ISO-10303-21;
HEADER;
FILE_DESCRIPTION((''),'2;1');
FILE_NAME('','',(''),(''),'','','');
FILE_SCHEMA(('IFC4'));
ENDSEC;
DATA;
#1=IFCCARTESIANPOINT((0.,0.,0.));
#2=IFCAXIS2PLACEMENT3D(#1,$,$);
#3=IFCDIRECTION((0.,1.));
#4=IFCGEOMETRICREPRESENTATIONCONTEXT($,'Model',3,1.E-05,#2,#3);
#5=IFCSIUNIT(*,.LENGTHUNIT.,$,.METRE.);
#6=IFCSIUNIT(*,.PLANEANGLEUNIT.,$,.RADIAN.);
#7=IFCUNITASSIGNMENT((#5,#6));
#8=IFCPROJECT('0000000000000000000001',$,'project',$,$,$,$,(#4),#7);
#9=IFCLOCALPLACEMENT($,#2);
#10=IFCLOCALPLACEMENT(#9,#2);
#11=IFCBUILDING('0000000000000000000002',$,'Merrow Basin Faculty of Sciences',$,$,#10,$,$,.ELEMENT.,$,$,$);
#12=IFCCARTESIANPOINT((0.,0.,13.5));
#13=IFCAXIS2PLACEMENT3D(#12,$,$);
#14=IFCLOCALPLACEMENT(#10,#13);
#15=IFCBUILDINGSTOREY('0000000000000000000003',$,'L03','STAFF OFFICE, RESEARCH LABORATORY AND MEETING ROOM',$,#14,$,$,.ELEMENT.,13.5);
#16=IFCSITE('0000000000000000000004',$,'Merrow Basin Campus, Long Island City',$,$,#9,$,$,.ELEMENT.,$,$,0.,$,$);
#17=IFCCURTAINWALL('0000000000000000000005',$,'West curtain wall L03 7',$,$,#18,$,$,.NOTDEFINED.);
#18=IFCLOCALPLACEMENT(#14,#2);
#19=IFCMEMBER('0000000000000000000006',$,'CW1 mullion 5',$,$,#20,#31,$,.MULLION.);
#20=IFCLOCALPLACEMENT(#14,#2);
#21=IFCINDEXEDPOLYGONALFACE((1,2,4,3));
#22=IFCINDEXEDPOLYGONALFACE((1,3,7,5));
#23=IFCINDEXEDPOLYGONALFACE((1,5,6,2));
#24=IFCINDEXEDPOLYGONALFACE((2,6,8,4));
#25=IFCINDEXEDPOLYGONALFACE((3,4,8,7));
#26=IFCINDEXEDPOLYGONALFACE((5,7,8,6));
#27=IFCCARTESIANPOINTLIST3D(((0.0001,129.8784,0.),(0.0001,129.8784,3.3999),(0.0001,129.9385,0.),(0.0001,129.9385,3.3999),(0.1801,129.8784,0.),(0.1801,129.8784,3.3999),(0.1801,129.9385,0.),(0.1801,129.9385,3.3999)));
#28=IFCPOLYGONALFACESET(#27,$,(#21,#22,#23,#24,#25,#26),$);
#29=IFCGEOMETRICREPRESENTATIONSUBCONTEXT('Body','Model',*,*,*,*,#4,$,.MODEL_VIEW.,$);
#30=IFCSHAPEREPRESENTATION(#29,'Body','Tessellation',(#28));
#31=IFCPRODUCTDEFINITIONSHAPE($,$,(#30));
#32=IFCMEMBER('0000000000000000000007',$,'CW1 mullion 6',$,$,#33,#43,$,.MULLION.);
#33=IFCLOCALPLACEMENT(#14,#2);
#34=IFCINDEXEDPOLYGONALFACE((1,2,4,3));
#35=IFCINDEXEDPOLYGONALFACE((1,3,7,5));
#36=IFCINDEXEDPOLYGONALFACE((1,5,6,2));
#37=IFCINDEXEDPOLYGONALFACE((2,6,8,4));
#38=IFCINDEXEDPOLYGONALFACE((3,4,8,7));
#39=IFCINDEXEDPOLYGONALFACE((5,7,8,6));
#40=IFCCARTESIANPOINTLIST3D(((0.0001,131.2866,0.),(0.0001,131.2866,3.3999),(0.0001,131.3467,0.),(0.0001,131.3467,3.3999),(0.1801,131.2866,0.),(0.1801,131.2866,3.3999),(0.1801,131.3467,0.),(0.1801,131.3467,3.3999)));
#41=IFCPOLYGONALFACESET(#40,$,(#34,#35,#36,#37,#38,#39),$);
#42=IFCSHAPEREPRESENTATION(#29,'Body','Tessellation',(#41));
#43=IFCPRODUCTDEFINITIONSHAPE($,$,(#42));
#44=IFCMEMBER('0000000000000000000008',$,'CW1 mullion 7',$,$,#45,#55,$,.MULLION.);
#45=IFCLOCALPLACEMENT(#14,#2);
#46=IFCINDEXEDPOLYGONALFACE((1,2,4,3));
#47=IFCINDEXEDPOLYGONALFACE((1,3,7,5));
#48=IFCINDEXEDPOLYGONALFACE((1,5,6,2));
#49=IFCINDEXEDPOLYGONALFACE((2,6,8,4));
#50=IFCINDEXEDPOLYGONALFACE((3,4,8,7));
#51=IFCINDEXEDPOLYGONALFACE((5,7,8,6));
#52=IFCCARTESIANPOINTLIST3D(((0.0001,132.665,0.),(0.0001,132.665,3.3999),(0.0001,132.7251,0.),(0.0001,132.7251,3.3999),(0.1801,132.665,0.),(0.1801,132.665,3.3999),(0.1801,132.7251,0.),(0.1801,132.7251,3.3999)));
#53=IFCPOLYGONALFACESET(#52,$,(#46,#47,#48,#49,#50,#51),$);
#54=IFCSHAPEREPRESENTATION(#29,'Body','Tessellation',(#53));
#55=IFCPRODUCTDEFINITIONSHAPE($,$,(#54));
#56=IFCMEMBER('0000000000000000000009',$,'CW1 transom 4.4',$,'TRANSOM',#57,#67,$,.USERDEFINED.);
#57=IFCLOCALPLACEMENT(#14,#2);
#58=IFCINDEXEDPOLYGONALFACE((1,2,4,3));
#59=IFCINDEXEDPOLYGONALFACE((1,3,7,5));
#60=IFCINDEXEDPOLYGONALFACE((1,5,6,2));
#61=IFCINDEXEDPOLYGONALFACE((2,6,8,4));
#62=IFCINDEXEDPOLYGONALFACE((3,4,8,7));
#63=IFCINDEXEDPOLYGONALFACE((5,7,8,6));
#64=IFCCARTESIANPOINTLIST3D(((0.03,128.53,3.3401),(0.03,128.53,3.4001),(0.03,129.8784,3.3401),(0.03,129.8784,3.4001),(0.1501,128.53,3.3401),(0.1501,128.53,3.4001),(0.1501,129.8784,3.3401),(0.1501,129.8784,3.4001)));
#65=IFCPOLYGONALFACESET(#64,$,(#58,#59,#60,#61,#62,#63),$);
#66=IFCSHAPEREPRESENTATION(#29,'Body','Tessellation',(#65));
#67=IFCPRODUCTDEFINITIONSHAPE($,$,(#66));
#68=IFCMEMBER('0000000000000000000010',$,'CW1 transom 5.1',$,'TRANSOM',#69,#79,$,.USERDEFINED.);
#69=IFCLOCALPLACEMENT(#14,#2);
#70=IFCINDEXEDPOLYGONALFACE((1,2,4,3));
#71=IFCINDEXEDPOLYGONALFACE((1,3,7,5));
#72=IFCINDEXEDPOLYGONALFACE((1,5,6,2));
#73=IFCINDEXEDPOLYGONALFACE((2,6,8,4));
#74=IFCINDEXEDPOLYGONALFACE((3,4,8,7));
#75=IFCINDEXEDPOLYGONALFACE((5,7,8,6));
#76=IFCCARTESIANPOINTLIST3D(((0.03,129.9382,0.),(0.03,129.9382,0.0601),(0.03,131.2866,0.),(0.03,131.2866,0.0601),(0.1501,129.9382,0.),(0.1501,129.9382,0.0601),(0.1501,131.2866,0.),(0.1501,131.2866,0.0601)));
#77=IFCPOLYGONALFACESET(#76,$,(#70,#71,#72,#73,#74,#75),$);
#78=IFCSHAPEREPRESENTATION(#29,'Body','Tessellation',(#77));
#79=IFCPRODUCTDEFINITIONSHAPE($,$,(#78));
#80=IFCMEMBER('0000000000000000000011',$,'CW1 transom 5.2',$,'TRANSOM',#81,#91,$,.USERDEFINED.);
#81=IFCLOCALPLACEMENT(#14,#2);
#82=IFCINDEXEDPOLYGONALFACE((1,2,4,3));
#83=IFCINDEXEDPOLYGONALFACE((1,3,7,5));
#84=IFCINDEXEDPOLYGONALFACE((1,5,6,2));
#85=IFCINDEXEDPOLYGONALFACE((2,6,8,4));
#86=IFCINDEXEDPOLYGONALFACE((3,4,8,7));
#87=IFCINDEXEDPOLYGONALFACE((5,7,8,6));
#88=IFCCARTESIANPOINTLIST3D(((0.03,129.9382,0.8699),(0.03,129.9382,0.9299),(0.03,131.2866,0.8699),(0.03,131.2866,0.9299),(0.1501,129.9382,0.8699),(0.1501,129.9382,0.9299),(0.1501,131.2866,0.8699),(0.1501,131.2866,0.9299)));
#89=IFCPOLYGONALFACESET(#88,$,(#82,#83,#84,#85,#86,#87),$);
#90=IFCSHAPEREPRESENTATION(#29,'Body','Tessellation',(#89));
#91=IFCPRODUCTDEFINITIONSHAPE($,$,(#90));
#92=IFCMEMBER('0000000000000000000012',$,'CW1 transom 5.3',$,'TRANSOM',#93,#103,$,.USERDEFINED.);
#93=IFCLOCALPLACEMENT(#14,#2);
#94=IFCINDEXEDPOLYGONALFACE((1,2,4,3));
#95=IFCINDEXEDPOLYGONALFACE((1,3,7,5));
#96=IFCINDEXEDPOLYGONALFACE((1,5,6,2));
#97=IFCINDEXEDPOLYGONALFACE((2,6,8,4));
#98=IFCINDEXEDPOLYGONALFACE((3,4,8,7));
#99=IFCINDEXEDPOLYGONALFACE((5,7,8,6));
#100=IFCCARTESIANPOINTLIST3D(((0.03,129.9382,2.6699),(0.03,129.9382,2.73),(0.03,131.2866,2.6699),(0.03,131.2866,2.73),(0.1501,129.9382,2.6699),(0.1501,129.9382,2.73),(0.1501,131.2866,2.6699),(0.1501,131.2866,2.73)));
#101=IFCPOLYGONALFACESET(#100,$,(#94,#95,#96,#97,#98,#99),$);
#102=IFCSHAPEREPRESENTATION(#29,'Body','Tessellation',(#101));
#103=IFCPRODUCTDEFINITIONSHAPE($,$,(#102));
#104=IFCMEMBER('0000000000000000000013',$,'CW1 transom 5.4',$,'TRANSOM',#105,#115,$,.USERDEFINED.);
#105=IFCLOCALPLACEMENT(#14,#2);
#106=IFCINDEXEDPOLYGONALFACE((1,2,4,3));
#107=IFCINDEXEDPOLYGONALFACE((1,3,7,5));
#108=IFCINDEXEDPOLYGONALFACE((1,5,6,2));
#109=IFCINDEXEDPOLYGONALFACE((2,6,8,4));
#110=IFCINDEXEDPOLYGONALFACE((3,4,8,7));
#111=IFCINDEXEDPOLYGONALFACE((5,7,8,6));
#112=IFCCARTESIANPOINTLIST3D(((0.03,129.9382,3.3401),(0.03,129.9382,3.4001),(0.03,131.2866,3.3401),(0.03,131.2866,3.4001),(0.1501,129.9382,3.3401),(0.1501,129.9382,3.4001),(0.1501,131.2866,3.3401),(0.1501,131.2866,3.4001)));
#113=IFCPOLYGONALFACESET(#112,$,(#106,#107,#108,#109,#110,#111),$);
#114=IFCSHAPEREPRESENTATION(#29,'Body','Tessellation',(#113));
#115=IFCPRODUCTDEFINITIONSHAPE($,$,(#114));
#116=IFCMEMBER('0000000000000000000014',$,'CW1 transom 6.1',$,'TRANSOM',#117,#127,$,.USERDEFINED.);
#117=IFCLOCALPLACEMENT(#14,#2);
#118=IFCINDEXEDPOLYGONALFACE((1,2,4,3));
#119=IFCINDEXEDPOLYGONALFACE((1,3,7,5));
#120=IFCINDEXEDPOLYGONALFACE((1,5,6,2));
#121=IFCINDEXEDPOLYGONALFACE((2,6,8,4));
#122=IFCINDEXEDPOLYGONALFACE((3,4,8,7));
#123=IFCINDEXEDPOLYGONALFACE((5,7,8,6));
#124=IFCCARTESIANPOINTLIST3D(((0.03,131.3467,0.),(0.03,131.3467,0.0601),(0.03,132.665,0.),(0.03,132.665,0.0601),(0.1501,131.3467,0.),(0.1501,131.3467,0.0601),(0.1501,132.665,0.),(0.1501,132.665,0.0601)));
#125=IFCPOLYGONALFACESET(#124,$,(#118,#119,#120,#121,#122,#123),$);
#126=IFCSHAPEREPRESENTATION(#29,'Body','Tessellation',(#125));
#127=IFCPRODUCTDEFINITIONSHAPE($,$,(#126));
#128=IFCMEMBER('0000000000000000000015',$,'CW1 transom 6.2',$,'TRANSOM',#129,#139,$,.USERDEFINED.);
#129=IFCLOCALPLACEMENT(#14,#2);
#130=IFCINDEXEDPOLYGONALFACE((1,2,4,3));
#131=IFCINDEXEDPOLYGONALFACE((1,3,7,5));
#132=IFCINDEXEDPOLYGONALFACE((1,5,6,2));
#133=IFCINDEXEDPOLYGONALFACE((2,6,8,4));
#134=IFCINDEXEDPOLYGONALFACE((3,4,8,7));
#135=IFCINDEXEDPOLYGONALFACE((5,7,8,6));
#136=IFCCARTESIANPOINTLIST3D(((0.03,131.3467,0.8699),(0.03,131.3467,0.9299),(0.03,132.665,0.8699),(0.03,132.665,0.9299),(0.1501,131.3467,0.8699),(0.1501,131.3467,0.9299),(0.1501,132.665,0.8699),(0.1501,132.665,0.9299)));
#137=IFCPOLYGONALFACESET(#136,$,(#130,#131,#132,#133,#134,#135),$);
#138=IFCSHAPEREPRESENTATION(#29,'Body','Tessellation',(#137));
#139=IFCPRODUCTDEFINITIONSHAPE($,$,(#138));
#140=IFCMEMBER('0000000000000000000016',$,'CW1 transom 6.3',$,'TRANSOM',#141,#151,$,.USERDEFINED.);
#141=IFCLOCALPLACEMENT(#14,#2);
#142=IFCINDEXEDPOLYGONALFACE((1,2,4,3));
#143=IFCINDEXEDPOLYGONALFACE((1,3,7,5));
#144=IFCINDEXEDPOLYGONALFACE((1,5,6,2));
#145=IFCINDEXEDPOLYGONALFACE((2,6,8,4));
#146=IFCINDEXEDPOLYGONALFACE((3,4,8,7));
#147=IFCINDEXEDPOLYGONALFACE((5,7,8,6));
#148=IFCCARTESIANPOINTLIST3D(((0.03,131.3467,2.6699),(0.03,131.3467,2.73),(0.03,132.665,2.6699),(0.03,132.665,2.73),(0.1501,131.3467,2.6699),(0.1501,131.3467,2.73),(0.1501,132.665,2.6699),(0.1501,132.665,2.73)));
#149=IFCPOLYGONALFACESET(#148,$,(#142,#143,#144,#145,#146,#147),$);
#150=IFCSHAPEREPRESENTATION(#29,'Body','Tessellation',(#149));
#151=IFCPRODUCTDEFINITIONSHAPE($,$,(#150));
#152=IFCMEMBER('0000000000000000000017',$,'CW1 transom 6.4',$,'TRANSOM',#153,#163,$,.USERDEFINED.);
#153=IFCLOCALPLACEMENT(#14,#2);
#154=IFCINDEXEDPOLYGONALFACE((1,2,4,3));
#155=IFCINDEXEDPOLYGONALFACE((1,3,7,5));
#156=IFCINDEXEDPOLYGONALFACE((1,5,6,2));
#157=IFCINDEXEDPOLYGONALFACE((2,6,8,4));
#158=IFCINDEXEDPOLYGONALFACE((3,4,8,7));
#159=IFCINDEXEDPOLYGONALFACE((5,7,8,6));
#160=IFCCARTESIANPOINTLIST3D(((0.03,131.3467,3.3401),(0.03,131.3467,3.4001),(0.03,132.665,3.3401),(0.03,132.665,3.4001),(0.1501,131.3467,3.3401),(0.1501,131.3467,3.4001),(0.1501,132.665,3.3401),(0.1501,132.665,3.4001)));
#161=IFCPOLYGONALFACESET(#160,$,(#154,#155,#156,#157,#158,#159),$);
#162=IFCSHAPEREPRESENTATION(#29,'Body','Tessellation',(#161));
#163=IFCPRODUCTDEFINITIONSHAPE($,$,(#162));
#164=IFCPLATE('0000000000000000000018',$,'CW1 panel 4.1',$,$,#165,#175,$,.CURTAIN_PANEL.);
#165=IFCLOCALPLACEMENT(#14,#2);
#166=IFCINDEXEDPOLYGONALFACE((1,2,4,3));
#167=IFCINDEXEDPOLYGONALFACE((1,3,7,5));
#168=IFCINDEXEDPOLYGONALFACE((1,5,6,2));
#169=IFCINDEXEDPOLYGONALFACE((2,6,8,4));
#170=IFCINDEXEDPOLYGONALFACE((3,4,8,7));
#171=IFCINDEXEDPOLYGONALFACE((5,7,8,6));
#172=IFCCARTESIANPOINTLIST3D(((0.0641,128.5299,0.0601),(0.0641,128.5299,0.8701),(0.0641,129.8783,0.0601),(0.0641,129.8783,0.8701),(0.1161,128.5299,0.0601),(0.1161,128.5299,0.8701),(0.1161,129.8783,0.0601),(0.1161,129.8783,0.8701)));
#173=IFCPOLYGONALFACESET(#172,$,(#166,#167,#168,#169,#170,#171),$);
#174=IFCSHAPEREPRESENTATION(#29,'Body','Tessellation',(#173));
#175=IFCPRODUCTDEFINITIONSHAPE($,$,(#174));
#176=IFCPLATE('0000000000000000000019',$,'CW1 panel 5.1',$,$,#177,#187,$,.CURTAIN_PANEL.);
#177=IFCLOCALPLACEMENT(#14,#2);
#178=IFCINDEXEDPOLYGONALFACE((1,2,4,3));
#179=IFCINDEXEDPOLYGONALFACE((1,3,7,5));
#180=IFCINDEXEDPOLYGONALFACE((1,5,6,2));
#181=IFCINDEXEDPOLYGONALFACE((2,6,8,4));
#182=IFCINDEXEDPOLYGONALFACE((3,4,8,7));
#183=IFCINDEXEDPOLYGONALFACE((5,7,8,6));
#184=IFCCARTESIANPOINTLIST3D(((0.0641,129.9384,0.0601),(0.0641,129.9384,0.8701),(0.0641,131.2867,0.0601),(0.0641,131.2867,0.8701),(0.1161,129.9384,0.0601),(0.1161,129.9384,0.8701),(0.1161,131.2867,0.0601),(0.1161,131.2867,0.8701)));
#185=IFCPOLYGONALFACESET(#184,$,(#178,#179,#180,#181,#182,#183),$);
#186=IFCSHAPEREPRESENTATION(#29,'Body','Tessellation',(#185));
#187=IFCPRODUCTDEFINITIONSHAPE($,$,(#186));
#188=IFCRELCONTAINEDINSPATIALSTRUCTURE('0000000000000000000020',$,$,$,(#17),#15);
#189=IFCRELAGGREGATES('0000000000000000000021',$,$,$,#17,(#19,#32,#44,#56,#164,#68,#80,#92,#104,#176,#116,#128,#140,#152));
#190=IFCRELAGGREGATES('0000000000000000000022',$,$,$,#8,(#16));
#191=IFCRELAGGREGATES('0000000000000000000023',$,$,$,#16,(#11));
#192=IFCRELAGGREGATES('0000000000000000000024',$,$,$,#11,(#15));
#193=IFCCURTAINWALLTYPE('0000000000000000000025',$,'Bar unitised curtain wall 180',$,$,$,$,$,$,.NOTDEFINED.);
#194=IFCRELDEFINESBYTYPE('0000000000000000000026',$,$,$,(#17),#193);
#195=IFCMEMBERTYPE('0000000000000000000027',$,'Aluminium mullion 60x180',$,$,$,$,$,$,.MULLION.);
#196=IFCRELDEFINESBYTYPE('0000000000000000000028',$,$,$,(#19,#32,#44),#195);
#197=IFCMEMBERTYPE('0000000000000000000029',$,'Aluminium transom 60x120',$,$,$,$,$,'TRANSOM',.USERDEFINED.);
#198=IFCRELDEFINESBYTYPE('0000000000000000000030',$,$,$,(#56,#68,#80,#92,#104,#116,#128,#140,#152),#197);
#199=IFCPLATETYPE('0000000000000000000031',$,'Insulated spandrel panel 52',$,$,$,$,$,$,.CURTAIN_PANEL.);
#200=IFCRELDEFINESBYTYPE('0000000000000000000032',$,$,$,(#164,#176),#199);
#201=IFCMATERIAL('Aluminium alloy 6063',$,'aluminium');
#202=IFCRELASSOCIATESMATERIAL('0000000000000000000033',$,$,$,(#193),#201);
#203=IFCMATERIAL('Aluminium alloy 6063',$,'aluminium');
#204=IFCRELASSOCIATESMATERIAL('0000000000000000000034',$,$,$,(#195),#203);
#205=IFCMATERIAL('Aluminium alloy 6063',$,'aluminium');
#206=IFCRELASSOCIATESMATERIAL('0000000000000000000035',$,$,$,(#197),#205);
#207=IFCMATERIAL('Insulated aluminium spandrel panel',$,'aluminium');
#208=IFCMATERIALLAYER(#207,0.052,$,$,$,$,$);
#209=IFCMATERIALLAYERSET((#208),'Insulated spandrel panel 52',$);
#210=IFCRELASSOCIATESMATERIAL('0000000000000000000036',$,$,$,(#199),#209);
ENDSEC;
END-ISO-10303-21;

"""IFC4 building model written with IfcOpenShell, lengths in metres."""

from ifc_helpers import new_model, si_unit, direction, frame, origin, origin_2d, place, context, subcontext, project, spatial, rectangle, extrude, material, layer, layer_set, material_profile, profile_set, type_object, element, aggregate, save


model = new_model("IFC4")

# Units and contexts
model_context = context("Model", 3, precision=1e-05, world=origin(), true_north=direction((0.0, 1.0)))
body_context = subcontext(model_context, "Body", "Model", "MODEL_VIEW")
ifc_project = project(units=[si_unit("LENGTHUNIT", "METRE"), si_unit("PLANEANGLEUNIT", "RADIAN")], contexts=[model_context])

# Site, building, storey
site_placement = place(None, origin())
site = spatial("IfcSite", under=ifc_project, at=site_placement, Name="Merrow Basin Campus, Long Island City", CompositionType="ELEMENT", RefElevation=0.0)
building_placement = place(site_placement, origin())
building = spatial("IfcBuilding", under=site, at=building_placement, Name="Merrow Basin Faculty of Sciences", CompositionType="ELEMENT")
storey_placement = place(building_placement, frame((0.0, 0.0, 13.5)))
storey = spatial("IfcBuildingStorey", under=building, at=storey_placement, Name="L03", Description="STAFF OFFICE, RESEARCH LABORATORY AND MEETING ROOM", CompositionType="ELEMENT", Elevation=13.5)

# Curtain wall, members, plates
ifc_material_1 = material(Name="Aluminium alloy 6063", Category="aluminium")
curtain_wall_type = type_object("IfcCurtainWallType", Name="Bar unitised curtain wall 180", PredefinedType="NOTDEFINED", material=ifc_material_1)
curtain_wall_placement = place(storey_placement, origin())
curtain_wall = element("IfcCurtainWall", 1, at=curtain_wall_placement, inside=storey, type_object=curtain_wall_type, Name="West curtain wall L03 7", PredefinedType="NOTDEFINED")
ifc_material_2 = material(Name="Aluminium alloy 6063", Category="aluminium")
ifc_material_profile_1 = material_profile(ifc_material_2, rectangle(XDim=0.1799, YDim=0.0601, at=origin_2d()))
ifc_profile_set_1 = profile_set([ifc_material_profile_1], Name="Aluminium alloy 6063")
member_type_1 = type_object("IfcMemberType", Name="Aluminium mullion 60x180", PredefinedType="MULLION", material=ifc_profile_set_1)
member_1_placement = place(storey_placement, frame((0.0901, 129.9084, 0.0), z_axis=(0.0, 0.0, 1.0), x_axis=(-1.0, 0.0, 0.0)))
member_1 = element("IfcMember", 2, at=member_1_placement, type_object=member_type_1, Name="CW1 mullion 5", PredefinedType="MULLION", context=body_context, shape_type="SweptSolid", body=[
    extrude(rectangle(XDim=0.1799, YDim=0.0601, at=origin_2d()), origin(), (0.0, 0.0, 1.0), 3.3999),
])
member_2_placement = place(storey_placement, frame((0.0901, 131.3167, 0.0), z_axis=(0.0, 0.0, 1.0), x_axis=(-1.0, 0.0, 0.0)))
member_2 = element("IfcMember", 3, at=member_2_placement, type_object=member_type_1, Name="CW1 mullion 6", PredefinedType="MULLION", context=body_context, shape_type="SweptSolid", body=[
    extrude(rectangle(XDim=0.1799, YDim=0.0601, at=origin_2d()), origin(), (0.0, 0.0, 1.0), 3.3999),
])
member_3_placement = place(storey_placement, frame((0.0901, 132.6951, 0.0), z_axis=(0.0, 0.0, 1.0), x_axis=(-1.0, 0.0, 0.0)))
member_3 = element("IfcMember", 4, at=member_3_placement, type_object=member_type_1, Name="CW1 mullion 7", PredefinedType="MULLION", context=body_context, shape_type="SweptSolid", body=[
    extrude(rectangle(XDim=0.1799, YDim=0.0601, at=origin_2d()), origin(), (0.0, 0.0, 1.0), 3.3999),
])
ifc_material_3 = material(Name="Aluminium alloy 6063", Category="aluminium")
ifc_material_profile_2 = material_profile(ifc_material_3, rectangle(XDim=0.1201, YDim=0.0601, at=origin_2d()))
ifc_profile_set_2 = profile_set([ifc_material_profile_2], Name="Aluminium alloy 6063")
member_type_2 = type_object("IfcMemberType", Name="Aluminium transom 60x120", ElementType="TRANSOM", PredefinedType="USERDEFINED", material=ifc_profile_set_2)
member_4_placement = place(storey_placement, frame((0.0901, 128.53, 3.3701), z_axis=(0.0, 1.0, 0.0), x_axis=(-1.0, 0.0, 0.0)))
member_4 = element("IfcMember", 5, at=member_4_placement, type_object=member_type_2, Name="CW1 transom 4.4", ObjectType="TRANSOM", PredefinedType="USERDEFINED", context=body_context, shape_type="SweptSolid", body=[
    extrude(rectangle(XDim=0.1201, YDim=0.0601, at=origin_2d()), origin(), (0.0, 0.0, 1.0), 1.3484),
])
member_5_placement = place(storey_placement, frame((0.0901, 129.9382, 0.03), z_axis=(0.0, 1.0, 0.0), x_axis=(-1.0, 0.0, 0.0)))
member_5 = element("IfcMember", 6, at=member_5_placement, type_object=member_type_2, Name="CW1 transom 5.1", ObjectType="TRANSOM", PredefinedType="USERDEFINED", context=body_context, shape_type="SweptSolid", body=[
    extrude(rectangle(XDim=0.1201, YDim=0.0601, at=origin_2d()), origin(), (0.0, 0.0, 1.0), 1.3484),
])
member_6_placement = place(storey_placement, frame((0.0901, 129.9382, 0.8999), z_axis=(0.0, 1.0, 0.0), x_axis=(-1.0, 0.0, 0.0)))
member_6 = element("IfcMember", 7, at=member_6_placement, type_object=member_type_2, Name="CW1 transom 5.2", ObjectType="TRANSOM", PredefinedType="USERDEFINED", context=body_context, shape_type="SweptSolid", body=[
    extrude(rectangle(XDim=0.1201, YDim=0.0601, at=origin_2d()), origin(), (0.0, 0.0, 1.0), 1.3484),
])
member_7_placement = place(storey_placement, frame((0.0901, 129.9382, 2.7), z_axis=(0.0, 1.0, 0.0), x_axis=(-1.0, 0.0, 0.0)))
member_7 = element("IfcMember", 8, at=member_7_placement, type_object=member_type_2, Name="CW1 transom 5.3", ObjectType="TRANSOM", PredefinedType="USERDEFINED", context=body_context, shape_type="SweptSolid", body=[
    extrude(rectangle(XDim=0.1201, YDim=0.0601, at=origin_2d()), origin(), (0.0, 0.0, 1.0), 1.3484),
])
member_8_placement = place(storey_placement, frame((0.0901, 129.9382, 3.3701), z_axis=(0.0, 1.0, 0.0), x_axis=(-1.0, 0.0, 0.0)))
member_8 = element("IfcMember", 9, at=member_8_placement, type_object=member_type_2, Name="CW1 transom 5.4", ObjectType="TRANSOM", PredefinedType="USERDEFINED", context=body_context, shape_type="SweptSolid", body=[
    extrude(rectangle(XDim=0.1201, YDim=0.0601, at=origin_2d()), origin(), (0.0, 0.0, 1.0), 1.3484),
])
member_9_placement = place(storey_placement, frame((0.0901, 131.3467, 0.03), z_axis=(0.0, 1.0, 0.0), x_axis=(-1.0, 0.0, 0.0)))
member_9 = element("IfcMember", 10, at=member_9_placement, type_object=member_type_2, Name="CW1 transom 6.1", ObjectType="TRANSOM", PredefinedType="USERDEFINED", context=body_context, shape_type="SweptSolid", body=[
    extrude(rectangle(XDim=0.1201, YDim=0.0601, at=origin_2d()), origin(), (0.0, 0.0, 1.0), 1.3184),
])
member_10_placement = place(storey_placement, frame((0.0901, 131.3467, 0.8999), z_axis=(0.0, 1.0, 0.0), x_axis=(-1.0, 0.0, 0.0)))
member_10 = element("IfcMember", 11, at=member_10_placement, type_object=member_type_2, Name="CW1 transom 6.2", ObjectType="TRANSOM", PredefinedType="USERDEFINED", context=body_context, shape_type="SweptSolid", body=[
    extrude(rectangle(XDim=0.1201, YDim=0.0601, at=origin_2d()), origin(), (0.0, 0.0, 1.0), 1.3184),
])
member_11_placement = place(storey_placement, frame((0.0901, 131.3467, 2.7), z_axis=(0.0, 1.0, 0.0), x_axis=(-1.0, 0.0, 0.0)))
member_11 = element("IfcMember", 12, at=member_11_placement, type_object=member_type_2, Name="CW1 transom 6.3", ObjectType="TRANSOM", PredefinedType="USERDEFINED", context=body_context, shape_type="SweptSolid", body=[
    extrude(rectangle(XDim=0.1201, YDim=0.0601, at=origin_2d()), origin(), (0.0, 0.0, 1.0), 1.3184),
])
member_12_placement = place(storey_placement, frame((0.0901, 131.3467, 3.3701), z_axis=(0.0, 1.0, 0.0), x_axis=(-1.0, 0.0, 0.0)))
member_12 = element("IfcMember", 13, at=member_12_placement, type_object=member_type_2, Name="CW1 transom 6.4", ObjectType="TRANSOM", PredefinedType="USERDEFINED", context=body_context, shape_type="SweptSolid", body=[
    extrude(rectangle(XDim=0.1201, YDim=0.0601, at=origin_2d()), origin(), (0.0, 0.0, 1.0), 1.3184),
])
ifc_material_4 = material(Name="Insulated aluminium spandrel panel", Category="aluminium")
ifc_layer_1 = layer(ifc_material_4, 0.052)
ifc_layer_set_1 = layer_set([ifc_layer_1], Name="Insulated spandrel panel 52")
plate_type_1 = type_object("IfcPlateType", Name="Insulated spandrel panel 52", PredefinedType="CURTAIN_PANEL", material=ifc_layer_set_1)
plate_1_placement = place(storey_placement, frame((0.0901, 129.2041, 0.0601), z_axis=(0.0, 0.0, 1.0), x_axis=(0.0, 1.0, 0.0)))
plate_1 = element("IfcPlate", 14, at=plate_1_placement, type_object=plate_type_1, Name="CW1 panel 4.1", PredefinedType="CURTAIN_PANEL", context=body_context, shape_type="SweptSolid", body=[
    extrude(rectangle(XDim=1.3484, YDim=0.052, at=origin_2d()), origin(), (0.0, 0.0, 1.0), 0.8101),
])
plate_2_placement = place(storey_placement, frame((0.0901, 130.6125, 0.0601), z_axis=(0.0, 0.0, 1.0), x_axis=(0.0, 1.0, 0.0)))
plate_2 = element("IfcPlate", 15, at=plate_2_placement, type_object=plate_type_1, Name="CW1 panel 5.1", PredefinedType="CURTAIN_PANEL", context=body_context, shape_type="SweptSolid", body=[
    extrude(rectangle(XDim=1.3484, YDim=0.052, at=origin_2d()), origin(), (0.0, 0.0, 1.0), 0.8101),
])
aggregate(curtain_wall, [member_1, member_2, member_3, member_4, plate_1, member_5, member_6, member_7, member_8, plate_2, member_9, member_10, member_11, member_12])

save(model, "model.ifc")
